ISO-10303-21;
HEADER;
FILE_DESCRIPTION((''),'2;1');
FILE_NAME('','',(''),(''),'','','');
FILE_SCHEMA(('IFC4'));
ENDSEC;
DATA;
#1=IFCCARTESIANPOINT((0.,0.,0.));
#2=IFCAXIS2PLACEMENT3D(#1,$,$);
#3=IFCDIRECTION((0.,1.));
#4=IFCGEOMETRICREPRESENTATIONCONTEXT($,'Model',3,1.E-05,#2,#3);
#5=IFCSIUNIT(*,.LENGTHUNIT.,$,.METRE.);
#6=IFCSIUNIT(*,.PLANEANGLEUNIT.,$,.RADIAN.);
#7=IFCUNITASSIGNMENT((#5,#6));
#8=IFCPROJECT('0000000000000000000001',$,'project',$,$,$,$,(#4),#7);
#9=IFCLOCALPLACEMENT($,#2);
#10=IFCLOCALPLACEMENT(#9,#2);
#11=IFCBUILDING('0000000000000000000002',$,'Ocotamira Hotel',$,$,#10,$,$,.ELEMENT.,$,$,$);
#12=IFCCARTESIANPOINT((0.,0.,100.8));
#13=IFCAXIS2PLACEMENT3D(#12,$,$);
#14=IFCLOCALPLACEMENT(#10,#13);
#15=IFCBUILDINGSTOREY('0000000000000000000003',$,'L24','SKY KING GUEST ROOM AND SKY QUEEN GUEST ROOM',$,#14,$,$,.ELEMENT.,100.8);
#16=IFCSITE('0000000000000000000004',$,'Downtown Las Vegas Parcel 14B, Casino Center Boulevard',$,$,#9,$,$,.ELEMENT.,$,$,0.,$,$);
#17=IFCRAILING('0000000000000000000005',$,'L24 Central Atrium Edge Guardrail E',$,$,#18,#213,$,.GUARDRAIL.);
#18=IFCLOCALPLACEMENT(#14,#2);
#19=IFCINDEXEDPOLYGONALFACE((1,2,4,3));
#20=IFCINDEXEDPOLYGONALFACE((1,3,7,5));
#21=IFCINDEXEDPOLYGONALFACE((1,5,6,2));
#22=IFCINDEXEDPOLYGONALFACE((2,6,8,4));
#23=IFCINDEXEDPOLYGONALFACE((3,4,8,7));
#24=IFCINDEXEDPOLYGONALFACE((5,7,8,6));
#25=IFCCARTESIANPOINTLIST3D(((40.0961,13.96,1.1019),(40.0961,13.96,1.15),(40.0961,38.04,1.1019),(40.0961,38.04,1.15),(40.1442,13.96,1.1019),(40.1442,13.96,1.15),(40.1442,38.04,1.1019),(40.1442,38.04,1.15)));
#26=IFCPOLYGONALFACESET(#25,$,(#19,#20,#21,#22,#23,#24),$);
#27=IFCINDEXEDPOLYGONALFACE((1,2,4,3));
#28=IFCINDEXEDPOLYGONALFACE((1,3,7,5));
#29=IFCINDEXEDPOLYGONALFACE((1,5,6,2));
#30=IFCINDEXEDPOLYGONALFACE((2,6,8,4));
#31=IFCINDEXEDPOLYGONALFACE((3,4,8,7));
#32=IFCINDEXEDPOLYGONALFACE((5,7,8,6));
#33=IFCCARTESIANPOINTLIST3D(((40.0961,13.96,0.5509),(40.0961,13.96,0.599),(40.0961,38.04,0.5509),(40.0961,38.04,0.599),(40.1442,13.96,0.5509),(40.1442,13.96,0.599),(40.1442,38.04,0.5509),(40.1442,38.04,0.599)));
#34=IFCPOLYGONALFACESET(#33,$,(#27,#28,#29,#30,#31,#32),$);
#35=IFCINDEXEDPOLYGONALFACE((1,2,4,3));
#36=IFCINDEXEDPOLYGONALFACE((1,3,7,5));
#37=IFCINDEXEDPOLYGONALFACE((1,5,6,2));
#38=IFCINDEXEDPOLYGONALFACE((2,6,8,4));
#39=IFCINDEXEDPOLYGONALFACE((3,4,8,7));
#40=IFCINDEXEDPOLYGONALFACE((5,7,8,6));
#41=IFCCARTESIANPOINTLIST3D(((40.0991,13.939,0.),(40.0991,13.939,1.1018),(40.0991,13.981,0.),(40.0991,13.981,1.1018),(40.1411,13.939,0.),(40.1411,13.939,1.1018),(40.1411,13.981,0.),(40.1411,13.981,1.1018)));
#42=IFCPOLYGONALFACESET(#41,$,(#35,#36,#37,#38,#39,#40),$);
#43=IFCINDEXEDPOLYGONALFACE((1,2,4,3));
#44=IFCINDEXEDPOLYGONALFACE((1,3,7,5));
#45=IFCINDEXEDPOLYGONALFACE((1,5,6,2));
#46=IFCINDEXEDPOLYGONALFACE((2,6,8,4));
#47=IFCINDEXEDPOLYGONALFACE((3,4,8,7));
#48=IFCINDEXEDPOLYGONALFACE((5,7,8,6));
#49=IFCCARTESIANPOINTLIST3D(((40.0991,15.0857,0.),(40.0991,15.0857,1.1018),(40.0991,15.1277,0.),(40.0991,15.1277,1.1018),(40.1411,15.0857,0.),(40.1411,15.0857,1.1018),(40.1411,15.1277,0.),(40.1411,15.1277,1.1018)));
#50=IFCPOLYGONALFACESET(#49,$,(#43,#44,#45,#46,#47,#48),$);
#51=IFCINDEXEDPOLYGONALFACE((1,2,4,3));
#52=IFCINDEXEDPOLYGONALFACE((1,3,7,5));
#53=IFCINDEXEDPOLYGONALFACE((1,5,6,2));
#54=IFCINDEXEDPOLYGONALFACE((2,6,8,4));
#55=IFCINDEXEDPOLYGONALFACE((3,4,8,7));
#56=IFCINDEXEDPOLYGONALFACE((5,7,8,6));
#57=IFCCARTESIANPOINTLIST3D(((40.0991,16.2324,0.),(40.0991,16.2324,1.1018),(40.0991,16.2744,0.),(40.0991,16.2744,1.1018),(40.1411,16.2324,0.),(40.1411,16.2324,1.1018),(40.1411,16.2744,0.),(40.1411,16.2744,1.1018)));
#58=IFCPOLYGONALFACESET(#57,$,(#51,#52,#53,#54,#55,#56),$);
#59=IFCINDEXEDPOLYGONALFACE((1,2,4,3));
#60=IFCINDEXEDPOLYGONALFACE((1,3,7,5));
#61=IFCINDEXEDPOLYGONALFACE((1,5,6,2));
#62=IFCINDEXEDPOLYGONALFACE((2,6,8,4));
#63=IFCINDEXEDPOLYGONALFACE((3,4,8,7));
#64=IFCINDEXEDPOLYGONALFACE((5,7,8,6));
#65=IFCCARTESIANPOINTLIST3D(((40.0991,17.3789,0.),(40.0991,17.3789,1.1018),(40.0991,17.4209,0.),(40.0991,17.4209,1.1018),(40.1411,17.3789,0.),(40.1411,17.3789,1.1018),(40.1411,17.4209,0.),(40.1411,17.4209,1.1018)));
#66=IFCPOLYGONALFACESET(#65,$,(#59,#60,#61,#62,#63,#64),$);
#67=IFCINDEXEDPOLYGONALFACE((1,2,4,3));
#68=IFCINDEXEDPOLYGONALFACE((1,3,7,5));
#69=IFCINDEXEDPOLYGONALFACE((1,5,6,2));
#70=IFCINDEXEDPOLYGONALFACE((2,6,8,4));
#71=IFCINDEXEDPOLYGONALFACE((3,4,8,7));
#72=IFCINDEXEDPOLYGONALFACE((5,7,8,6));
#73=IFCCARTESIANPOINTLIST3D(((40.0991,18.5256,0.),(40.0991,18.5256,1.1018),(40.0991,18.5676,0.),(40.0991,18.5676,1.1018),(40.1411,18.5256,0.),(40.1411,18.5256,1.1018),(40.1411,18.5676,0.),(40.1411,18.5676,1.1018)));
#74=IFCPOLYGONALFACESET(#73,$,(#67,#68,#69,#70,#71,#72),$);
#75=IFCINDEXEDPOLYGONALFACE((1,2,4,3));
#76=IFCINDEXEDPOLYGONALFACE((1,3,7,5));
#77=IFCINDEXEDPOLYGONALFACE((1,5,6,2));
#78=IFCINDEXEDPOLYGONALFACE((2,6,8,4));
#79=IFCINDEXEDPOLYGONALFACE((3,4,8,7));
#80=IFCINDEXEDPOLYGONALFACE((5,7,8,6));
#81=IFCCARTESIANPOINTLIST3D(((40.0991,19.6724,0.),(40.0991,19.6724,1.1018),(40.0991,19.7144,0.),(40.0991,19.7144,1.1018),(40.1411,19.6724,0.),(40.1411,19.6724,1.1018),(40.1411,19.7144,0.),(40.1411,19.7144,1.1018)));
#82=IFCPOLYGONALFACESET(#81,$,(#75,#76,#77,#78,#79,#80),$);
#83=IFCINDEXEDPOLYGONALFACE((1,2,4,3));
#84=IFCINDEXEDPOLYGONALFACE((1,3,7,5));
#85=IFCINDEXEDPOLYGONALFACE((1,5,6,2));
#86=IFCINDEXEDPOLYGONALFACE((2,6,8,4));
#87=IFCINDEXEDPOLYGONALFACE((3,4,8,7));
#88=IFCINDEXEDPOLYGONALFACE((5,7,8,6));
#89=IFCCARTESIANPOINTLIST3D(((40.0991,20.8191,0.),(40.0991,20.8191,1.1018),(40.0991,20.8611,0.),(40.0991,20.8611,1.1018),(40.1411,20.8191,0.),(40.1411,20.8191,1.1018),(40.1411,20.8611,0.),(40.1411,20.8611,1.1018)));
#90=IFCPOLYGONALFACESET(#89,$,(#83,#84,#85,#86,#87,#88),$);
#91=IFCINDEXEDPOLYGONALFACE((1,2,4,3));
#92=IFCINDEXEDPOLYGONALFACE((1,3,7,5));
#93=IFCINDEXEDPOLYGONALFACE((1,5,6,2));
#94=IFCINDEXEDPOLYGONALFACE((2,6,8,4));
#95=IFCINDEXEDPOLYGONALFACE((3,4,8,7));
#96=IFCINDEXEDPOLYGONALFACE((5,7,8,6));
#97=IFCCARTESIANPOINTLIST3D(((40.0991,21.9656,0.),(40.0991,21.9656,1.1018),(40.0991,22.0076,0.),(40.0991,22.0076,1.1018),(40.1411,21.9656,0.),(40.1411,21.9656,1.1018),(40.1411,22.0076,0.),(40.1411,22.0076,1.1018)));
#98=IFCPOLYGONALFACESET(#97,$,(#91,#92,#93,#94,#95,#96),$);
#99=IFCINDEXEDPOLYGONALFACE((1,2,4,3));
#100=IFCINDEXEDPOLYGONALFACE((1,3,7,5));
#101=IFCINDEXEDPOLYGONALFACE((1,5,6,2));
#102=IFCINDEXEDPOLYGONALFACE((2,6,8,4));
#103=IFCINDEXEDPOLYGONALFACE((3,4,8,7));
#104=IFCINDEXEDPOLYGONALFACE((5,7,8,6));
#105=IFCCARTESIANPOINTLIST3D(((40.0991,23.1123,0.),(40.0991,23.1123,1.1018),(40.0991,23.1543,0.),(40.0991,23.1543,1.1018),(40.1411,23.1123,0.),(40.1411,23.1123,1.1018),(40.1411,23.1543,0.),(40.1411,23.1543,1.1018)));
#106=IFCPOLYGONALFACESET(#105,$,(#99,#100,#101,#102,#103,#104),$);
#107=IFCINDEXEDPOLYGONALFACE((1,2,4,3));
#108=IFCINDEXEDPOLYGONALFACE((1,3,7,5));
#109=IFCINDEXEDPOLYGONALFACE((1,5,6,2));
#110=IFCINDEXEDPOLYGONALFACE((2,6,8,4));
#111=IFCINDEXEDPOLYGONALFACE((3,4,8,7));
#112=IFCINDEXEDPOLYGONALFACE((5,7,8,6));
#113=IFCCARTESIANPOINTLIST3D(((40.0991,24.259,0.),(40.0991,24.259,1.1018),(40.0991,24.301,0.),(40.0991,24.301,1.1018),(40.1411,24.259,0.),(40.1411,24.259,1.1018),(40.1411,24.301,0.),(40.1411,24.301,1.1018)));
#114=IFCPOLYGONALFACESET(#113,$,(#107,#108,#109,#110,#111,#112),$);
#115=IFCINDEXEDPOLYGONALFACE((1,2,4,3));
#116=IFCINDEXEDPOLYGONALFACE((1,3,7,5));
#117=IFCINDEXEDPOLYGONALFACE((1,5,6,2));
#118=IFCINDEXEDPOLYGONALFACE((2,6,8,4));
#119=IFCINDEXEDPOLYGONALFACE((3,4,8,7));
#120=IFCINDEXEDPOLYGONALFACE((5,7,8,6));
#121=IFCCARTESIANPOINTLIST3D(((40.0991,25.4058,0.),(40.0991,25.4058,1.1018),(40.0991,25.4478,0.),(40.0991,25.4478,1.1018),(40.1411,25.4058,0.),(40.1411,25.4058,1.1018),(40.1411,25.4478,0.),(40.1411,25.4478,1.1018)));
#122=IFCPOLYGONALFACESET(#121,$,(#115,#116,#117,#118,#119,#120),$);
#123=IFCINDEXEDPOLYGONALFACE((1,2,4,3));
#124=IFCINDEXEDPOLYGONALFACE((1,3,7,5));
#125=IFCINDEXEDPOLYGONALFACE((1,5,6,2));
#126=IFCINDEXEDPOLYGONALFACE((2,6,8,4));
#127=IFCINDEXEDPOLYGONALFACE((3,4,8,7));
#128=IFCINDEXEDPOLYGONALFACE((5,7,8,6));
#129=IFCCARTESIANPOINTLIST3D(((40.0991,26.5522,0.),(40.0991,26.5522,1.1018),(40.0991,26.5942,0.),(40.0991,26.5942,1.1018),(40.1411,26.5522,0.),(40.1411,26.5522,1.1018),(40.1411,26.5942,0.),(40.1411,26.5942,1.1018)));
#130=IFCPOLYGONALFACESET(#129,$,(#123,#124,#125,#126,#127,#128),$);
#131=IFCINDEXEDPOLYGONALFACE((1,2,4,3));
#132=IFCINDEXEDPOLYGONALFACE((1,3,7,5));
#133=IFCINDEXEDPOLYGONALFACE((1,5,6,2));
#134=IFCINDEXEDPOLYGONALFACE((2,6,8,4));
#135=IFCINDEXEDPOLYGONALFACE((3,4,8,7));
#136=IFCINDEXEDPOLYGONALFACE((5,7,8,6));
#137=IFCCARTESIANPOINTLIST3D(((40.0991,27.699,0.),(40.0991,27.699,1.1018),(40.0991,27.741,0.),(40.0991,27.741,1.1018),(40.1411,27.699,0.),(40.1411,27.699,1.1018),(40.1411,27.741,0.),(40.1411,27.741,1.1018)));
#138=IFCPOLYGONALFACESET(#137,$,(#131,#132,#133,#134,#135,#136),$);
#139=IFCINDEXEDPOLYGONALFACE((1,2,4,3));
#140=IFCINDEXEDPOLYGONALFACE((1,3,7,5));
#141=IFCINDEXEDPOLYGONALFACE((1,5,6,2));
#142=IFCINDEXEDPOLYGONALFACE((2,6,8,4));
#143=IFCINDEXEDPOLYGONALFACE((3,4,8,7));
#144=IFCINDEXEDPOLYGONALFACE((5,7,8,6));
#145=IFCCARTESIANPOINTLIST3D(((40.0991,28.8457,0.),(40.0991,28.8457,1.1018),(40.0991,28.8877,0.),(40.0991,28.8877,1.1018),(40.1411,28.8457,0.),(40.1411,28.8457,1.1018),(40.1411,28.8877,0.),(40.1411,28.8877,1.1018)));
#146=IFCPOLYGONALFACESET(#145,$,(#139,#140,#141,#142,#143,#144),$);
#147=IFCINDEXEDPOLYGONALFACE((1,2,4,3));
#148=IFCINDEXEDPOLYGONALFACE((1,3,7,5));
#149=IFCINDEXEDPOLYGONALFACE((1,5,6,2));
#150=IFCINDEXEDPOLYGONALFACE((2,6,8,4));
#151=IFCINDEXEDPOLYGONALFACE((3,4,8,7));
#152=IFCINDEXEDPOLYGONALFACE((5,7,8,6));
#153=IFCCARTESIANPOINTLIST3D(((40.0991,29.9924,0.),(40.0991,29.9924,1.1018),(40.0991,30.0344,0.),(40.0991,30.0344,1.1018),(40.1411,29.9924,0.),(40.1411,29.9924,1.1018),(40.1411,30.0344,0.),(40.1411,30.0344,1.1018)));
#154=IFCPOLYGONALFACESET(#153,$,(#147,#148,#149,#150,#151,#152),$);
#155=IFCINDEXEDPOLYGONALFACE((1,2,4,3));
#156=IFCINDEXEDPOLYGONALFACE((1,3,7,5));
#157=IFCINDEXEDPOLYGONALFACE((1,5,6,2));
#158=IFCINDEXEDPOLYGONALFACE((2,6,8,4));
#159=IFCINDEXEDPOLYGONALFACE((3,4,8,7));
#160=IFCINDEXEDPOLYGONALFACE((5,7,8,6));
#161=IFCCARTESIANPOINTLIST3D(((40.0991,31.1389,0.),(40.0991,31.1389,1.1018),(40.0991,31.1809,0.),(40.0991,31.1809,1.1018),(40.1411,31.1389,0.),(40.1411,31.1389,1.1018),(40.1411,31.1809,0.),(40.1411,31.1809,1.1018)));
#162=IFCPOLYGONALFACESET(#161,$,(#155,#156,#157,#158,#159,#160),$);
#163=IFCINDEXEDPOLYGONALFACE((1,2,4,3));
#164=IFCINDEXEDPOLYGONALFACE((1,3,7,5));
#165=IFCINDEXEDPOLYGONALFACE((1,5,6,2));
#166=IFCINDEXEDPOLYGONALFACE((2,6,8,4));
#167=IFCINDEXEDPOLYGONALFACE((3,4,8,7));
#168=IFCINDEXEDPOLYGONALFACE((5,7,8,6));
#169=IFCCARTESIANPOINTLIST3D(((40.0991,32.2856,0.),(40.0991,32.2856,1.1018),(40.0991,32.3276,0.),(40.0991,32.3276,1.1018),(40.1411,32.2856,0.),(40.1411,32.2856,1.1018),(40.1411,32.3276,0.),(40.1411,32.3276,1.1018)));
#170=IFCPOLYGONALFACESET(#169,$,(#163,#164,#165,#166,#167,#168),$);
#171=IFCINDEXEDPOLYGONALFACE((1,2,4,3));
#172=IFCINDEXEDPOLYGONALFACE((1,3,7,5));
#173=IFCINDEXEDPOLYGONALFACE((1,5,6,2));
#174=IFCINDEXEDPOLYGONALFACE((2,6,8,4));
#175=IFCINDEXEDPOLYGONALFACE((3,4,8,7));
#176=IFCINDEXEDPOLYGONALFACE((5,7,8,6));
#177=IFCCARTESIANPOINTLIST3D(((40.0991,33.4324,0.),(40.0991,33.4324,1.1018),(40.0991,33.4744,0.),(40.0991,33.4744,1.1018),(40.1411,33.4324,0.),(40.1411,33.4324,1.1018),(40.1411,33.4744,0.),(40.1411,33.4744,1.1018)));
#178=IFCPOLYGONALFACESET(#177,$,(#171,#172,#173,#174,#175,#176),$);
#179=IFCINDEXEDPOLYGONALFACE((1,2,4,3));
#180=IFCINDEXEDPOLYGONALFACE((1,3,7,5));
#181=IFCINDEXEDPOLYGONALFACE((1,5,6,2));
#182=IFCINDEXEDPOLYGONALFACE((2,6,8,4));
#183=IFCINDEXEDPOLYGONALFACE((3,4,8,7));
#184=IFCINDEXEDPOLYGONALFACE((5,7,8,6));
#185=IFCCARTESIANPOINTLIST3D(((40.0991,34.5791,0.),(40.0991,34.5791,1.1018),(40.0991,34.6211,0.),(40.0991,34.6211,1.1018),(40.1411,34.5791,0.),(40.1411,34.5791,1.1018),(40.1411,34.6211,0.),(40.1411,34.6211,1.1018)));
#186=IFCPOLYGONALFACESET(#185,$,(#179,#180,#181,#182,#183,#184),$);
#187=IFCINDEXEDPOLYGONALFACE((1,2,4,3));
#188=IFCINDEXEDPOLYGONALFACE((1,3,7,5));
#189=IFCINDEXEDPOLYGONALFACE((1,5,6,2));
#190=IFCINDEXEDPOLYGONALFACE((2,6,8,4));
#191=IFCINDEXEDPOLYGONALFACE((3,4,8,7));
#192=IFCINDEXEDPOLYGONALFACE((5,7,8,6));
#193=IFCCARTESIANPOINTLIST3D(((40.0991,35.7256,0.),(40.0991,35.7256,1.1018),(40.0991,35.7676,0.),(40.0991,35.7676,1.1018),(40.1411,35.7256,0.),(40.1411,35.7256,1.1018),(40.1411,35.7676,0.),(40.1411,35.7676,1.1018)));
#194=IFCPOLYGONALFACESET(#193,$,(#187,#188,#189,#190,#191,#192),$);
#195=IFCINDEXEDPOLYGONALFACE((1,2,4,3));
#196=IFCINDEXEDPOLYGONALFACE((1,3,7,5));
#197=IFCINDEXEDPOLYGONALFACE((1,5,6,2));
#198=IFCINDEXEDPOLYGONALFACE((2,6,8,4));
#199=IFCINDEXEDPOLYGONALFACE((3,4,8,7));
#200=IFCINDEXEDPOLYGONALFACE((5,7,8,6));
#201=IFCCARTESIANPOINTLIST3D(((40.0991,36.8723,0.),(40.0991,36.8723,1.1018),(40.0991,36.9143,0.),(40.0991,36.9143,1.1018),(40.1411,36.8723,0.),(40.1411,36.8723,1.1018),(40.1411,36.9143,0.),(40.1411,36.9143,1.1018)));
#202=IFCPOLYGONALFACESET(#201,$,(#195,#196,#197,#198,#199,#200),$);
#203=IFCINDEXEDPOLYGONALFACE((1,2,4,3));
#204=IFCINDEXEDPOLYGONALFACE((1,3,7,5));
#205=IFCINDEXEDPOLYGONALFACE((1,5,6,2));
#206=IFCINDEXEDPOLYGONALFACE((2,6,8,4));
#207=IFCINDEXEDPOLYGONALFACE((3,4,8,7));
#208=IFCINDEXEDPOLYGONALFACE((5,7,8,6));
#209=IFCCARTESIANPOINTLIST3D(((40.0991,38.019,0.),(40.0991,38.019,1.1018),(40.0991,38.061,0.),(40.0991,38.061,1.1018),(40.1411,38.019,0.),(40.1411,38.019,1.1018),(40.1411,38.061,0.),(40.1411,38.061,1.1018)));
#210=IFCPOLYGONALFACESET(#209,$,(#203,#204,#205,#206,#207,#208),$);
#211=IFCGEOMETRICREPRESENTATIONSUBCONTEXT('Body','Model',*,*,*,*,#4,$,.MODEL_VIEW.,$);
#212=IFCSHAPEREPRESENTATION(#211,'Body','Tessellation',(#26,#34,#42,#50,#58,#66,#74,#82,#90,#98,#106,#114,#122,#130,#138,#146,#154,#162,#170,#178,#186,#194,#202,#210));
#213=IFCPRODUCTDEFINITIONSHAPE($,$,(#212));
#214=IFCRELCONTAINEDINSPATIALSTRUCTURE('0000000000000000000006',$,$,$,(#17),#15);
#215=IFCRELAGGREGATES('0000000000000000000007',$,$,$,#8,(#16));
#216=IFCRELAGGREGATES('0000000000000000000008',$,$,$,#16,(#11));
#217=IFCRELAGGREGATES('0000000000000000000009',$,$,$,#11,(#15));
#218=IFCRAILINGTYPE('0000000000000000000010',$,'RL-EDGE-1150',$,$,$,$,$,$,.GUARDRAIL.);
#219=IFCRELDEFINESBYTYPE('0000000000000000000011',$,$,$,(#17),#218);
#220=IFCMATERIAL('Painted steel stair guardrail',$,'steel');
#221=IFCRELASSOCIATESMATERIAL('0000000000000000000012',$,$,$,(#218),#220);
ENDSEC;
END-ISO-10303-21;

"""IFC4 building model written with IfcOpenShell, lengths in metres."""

from ifc_helpers import new_model, si_unit, direction, frame, origin, origin_2d, place, context, subcontext, project, spatial, rectangle, extrude, material, type_object, element, save


model = new_model("IFC4")

# Units and contexts
model_context = context("Model", 3, precision=1e-05, world=origin(), true_north=direction((0.0, 1.0)))
body_context = subcontext(model_context, "Body", "Model", "MODEL_VIEW")
ifc_project = project(units=[si_unit("LENGTHUNIT", "METRE"), si_unit("PLANEANGLEUNIT", "RADIAN")], contexts=[model_context])

# Site, building, storey
site_placement = place(None, origin())
site = spatial("IfcSite", under=ifc_project, at=site_placement, Name="Downtown Las Vegas Parcel 14B, Casino Center Boulevard", CompositionType="ELEMENT", RefElevation=0.0)
building_placement = place(site_placement, origin())
building = spatial("IfcBuilding", under=site, at=building_placement, Name="Ocotamira Hotel", CompositionType="ELEMENT")
storey_placement = place(building_placement, frame((0.0, 0.0, 100.8)))
storey = spatial("IfcBuildingStorey", under=building, at=storey_placement, Name="L24", Description="SKY KING GUEST ROOM AND SKY QUEEN GUEST ROOM", CompositionType="ELEMENT", Elevation=100.8)

# Railing
ifc_material_1 = material(Name="Painted steel stair guardrail", Category="steel")
railing_type = type_object("IfcRailingType", Name="RL-EDGE-1150", PredefinedType="GUARDRAIL", material=ifc_material_1)
railing_placement = place(storey_placement, frame((40.1201, 13.96, 0.0)))
element("IfcRailing", 1, at=railing_placement, inside=storey, type_object=railing_type, Name="L24 Central Atrium Edge Guardrail E", PredefinedType="GUARDRAIL", context=body_context, shape_type="SweptSolid", body=[
    extrude(rectangle(XDim=0.0481, YDim=0.0481, at=origin_2d()), frame((0.0, 0.0, 1.126), z_axis=(0.0, 1.0, 0.0), x_axis=(-1.0, 0.0, 0.0)), (0.0, 0.0, 1.0), 24.0801),
    extrude(rectangle(XDim=0.0481, YDim=0.0481, at=origin_2d()), frame((0.0, 0.0, 0.575), z_axis=(0.0, 1.0, 0.0), x_axis=(-1.0, 0.0, 0.0)), (0.0, 0.0, 1.0), 24.0801),
    extrude(rectangle(XDim=0.042, YDim=0.042, at=origin_2d()), origin(), (0.0, 0.0, 1.0), 1.1018),
    extrude(rectangle(XDim=0.042, YDim=0.042, at=origin_2d()), frame((0.0, 1.1467, 0.0)), (0.0, 0.0, 1.0), 1.1018),
    extrude(rectangle(XDim=0.042, YDim=0.042, at=origin_2d()), frame((0.0, 2.2935, 0.0)), (0.0, 0.0, 1.0), 1.1018),
    extrude(rectangle(XDim=0.042, YDim=0.042, at=origin_2d()), frame((0.0, 3.4399, 0.0)), (0.0, 0.0, 1.0), 1.1018),
    extrude(rectangle(XDim=0.042, YDim=0.042, at=origin_2d()), frame((0.0, 4.5867, 0.0)), (0.0, 0.0, 1.0), 1.1018),
    extrude(rectangle(XDim=0.042, YDim=0.042, at=origin_2d()), frame((0.0, 5.7334, 0.0)), (0.0, 0.0, 1.0), 1.1018),
    extrude(rectangle(XDim=0.042, YDim=0.042, at=origin_2d()), frame((0.0, 6.8801, 0.0)), (0.0, 0.0, 1.0), 1.1018),
    extrude(rectangle(XDim=0.042, YDim=0.042, at=origin_2d()), frame((0.0, 8.0266, 0.0)), (0.0, 0.0, 1.0), 1.1018),
    extrude(rectangle(XDim=0.042, YDim=0.042, at=origin_2d()), frame((0.0, 9.1733, 0.0)), (0.0, 0.0, 1.0), 1.1018),
    extrude(rectangle(XDim=0.042, YDim=0.042, at=origin_2d()), frame((0.0, 10.3201, 0.0)), (0.0, 0.0, 1.0), 1.1018),
    extrude(rectangle(XDim=0.042, YDim=0.042, at=origin_2d()), frame((0.0, 11.4668, 0.0)), (0.0, 0.0, 1.0), 1.1018),
    extrude(rectangle(XDim=0.042, YDim=0.042, at=origin_2d()), frame((0.0, 12.6133, 0.0)), (0.0, 0.0, 1.0), 1.1018),
    extrude(rectangle(XDim=0.042, YDim=0.042, at=origin_2d()), frame((0.0, 13.76, 0.0)), (0.0, 0.0, 1.0), 1.1018),
    extrude(rectangle(XDim=0.042, YDim=0.042, at=origin_2d()), frame((0.0, 14.9067, 0.0)), (0.0, 0.0, 1.0), 1.1018),
    extrude(rectangle(XDim=0.042, YDim=0.042, at=origin_2d()), frame((0.0, 16.0535, 0.0)), (0.0, 0.0, 1.0), 1.1018),
    extrude(rectangle(XDim=0.042, YDim=0.042, at=origin_2d()), frame((0.0, 17.2, 0.0)), (0.0, 0.0, 1.0), 1.1018),
    extrude(rectangle(XDim=0.042, YDim=0.042, at=origin_2d()), frame((0.0, 18.3467, 0.0)), (0.0, 0.0, 1.0), 1.1018),
    extrude(rectangle(XDim=0.042, YDim=0.042, at=origin_2d()), frame((0.0, 19.4934, 0.0)), (0.0, 0.0, 1.0), 1.1018),
    extrude(rectangle(XDim=0.042, YDim=0.042, at=origin_2d()), frame((0.0, 20.6401, 0.0)), (0.0, 0.0, 1.0), 1.1018),
    extrude(rectangle(XDim=0.042, YDim=0.042, at=origin_2d()), frame((0.0, 21.7866, 0.0)), (0.0, 0.0, 1.0), 1.1018),
    extrude(rectangle(XDim=0.042, YDim=0.042, at=origin_2d()), frame((0.0, 22.9333, 0.0)), (0.0, 0.0, 1.0), 1.1018),
    extrude(rectangle(XDim=0.042, YDim=0.042, at=origin_2d()), frame((0.0, 24.0801, 0.0)), (0.0, 0.0, 1.0), 1.1018),
])

save(model, "model.ifc")
